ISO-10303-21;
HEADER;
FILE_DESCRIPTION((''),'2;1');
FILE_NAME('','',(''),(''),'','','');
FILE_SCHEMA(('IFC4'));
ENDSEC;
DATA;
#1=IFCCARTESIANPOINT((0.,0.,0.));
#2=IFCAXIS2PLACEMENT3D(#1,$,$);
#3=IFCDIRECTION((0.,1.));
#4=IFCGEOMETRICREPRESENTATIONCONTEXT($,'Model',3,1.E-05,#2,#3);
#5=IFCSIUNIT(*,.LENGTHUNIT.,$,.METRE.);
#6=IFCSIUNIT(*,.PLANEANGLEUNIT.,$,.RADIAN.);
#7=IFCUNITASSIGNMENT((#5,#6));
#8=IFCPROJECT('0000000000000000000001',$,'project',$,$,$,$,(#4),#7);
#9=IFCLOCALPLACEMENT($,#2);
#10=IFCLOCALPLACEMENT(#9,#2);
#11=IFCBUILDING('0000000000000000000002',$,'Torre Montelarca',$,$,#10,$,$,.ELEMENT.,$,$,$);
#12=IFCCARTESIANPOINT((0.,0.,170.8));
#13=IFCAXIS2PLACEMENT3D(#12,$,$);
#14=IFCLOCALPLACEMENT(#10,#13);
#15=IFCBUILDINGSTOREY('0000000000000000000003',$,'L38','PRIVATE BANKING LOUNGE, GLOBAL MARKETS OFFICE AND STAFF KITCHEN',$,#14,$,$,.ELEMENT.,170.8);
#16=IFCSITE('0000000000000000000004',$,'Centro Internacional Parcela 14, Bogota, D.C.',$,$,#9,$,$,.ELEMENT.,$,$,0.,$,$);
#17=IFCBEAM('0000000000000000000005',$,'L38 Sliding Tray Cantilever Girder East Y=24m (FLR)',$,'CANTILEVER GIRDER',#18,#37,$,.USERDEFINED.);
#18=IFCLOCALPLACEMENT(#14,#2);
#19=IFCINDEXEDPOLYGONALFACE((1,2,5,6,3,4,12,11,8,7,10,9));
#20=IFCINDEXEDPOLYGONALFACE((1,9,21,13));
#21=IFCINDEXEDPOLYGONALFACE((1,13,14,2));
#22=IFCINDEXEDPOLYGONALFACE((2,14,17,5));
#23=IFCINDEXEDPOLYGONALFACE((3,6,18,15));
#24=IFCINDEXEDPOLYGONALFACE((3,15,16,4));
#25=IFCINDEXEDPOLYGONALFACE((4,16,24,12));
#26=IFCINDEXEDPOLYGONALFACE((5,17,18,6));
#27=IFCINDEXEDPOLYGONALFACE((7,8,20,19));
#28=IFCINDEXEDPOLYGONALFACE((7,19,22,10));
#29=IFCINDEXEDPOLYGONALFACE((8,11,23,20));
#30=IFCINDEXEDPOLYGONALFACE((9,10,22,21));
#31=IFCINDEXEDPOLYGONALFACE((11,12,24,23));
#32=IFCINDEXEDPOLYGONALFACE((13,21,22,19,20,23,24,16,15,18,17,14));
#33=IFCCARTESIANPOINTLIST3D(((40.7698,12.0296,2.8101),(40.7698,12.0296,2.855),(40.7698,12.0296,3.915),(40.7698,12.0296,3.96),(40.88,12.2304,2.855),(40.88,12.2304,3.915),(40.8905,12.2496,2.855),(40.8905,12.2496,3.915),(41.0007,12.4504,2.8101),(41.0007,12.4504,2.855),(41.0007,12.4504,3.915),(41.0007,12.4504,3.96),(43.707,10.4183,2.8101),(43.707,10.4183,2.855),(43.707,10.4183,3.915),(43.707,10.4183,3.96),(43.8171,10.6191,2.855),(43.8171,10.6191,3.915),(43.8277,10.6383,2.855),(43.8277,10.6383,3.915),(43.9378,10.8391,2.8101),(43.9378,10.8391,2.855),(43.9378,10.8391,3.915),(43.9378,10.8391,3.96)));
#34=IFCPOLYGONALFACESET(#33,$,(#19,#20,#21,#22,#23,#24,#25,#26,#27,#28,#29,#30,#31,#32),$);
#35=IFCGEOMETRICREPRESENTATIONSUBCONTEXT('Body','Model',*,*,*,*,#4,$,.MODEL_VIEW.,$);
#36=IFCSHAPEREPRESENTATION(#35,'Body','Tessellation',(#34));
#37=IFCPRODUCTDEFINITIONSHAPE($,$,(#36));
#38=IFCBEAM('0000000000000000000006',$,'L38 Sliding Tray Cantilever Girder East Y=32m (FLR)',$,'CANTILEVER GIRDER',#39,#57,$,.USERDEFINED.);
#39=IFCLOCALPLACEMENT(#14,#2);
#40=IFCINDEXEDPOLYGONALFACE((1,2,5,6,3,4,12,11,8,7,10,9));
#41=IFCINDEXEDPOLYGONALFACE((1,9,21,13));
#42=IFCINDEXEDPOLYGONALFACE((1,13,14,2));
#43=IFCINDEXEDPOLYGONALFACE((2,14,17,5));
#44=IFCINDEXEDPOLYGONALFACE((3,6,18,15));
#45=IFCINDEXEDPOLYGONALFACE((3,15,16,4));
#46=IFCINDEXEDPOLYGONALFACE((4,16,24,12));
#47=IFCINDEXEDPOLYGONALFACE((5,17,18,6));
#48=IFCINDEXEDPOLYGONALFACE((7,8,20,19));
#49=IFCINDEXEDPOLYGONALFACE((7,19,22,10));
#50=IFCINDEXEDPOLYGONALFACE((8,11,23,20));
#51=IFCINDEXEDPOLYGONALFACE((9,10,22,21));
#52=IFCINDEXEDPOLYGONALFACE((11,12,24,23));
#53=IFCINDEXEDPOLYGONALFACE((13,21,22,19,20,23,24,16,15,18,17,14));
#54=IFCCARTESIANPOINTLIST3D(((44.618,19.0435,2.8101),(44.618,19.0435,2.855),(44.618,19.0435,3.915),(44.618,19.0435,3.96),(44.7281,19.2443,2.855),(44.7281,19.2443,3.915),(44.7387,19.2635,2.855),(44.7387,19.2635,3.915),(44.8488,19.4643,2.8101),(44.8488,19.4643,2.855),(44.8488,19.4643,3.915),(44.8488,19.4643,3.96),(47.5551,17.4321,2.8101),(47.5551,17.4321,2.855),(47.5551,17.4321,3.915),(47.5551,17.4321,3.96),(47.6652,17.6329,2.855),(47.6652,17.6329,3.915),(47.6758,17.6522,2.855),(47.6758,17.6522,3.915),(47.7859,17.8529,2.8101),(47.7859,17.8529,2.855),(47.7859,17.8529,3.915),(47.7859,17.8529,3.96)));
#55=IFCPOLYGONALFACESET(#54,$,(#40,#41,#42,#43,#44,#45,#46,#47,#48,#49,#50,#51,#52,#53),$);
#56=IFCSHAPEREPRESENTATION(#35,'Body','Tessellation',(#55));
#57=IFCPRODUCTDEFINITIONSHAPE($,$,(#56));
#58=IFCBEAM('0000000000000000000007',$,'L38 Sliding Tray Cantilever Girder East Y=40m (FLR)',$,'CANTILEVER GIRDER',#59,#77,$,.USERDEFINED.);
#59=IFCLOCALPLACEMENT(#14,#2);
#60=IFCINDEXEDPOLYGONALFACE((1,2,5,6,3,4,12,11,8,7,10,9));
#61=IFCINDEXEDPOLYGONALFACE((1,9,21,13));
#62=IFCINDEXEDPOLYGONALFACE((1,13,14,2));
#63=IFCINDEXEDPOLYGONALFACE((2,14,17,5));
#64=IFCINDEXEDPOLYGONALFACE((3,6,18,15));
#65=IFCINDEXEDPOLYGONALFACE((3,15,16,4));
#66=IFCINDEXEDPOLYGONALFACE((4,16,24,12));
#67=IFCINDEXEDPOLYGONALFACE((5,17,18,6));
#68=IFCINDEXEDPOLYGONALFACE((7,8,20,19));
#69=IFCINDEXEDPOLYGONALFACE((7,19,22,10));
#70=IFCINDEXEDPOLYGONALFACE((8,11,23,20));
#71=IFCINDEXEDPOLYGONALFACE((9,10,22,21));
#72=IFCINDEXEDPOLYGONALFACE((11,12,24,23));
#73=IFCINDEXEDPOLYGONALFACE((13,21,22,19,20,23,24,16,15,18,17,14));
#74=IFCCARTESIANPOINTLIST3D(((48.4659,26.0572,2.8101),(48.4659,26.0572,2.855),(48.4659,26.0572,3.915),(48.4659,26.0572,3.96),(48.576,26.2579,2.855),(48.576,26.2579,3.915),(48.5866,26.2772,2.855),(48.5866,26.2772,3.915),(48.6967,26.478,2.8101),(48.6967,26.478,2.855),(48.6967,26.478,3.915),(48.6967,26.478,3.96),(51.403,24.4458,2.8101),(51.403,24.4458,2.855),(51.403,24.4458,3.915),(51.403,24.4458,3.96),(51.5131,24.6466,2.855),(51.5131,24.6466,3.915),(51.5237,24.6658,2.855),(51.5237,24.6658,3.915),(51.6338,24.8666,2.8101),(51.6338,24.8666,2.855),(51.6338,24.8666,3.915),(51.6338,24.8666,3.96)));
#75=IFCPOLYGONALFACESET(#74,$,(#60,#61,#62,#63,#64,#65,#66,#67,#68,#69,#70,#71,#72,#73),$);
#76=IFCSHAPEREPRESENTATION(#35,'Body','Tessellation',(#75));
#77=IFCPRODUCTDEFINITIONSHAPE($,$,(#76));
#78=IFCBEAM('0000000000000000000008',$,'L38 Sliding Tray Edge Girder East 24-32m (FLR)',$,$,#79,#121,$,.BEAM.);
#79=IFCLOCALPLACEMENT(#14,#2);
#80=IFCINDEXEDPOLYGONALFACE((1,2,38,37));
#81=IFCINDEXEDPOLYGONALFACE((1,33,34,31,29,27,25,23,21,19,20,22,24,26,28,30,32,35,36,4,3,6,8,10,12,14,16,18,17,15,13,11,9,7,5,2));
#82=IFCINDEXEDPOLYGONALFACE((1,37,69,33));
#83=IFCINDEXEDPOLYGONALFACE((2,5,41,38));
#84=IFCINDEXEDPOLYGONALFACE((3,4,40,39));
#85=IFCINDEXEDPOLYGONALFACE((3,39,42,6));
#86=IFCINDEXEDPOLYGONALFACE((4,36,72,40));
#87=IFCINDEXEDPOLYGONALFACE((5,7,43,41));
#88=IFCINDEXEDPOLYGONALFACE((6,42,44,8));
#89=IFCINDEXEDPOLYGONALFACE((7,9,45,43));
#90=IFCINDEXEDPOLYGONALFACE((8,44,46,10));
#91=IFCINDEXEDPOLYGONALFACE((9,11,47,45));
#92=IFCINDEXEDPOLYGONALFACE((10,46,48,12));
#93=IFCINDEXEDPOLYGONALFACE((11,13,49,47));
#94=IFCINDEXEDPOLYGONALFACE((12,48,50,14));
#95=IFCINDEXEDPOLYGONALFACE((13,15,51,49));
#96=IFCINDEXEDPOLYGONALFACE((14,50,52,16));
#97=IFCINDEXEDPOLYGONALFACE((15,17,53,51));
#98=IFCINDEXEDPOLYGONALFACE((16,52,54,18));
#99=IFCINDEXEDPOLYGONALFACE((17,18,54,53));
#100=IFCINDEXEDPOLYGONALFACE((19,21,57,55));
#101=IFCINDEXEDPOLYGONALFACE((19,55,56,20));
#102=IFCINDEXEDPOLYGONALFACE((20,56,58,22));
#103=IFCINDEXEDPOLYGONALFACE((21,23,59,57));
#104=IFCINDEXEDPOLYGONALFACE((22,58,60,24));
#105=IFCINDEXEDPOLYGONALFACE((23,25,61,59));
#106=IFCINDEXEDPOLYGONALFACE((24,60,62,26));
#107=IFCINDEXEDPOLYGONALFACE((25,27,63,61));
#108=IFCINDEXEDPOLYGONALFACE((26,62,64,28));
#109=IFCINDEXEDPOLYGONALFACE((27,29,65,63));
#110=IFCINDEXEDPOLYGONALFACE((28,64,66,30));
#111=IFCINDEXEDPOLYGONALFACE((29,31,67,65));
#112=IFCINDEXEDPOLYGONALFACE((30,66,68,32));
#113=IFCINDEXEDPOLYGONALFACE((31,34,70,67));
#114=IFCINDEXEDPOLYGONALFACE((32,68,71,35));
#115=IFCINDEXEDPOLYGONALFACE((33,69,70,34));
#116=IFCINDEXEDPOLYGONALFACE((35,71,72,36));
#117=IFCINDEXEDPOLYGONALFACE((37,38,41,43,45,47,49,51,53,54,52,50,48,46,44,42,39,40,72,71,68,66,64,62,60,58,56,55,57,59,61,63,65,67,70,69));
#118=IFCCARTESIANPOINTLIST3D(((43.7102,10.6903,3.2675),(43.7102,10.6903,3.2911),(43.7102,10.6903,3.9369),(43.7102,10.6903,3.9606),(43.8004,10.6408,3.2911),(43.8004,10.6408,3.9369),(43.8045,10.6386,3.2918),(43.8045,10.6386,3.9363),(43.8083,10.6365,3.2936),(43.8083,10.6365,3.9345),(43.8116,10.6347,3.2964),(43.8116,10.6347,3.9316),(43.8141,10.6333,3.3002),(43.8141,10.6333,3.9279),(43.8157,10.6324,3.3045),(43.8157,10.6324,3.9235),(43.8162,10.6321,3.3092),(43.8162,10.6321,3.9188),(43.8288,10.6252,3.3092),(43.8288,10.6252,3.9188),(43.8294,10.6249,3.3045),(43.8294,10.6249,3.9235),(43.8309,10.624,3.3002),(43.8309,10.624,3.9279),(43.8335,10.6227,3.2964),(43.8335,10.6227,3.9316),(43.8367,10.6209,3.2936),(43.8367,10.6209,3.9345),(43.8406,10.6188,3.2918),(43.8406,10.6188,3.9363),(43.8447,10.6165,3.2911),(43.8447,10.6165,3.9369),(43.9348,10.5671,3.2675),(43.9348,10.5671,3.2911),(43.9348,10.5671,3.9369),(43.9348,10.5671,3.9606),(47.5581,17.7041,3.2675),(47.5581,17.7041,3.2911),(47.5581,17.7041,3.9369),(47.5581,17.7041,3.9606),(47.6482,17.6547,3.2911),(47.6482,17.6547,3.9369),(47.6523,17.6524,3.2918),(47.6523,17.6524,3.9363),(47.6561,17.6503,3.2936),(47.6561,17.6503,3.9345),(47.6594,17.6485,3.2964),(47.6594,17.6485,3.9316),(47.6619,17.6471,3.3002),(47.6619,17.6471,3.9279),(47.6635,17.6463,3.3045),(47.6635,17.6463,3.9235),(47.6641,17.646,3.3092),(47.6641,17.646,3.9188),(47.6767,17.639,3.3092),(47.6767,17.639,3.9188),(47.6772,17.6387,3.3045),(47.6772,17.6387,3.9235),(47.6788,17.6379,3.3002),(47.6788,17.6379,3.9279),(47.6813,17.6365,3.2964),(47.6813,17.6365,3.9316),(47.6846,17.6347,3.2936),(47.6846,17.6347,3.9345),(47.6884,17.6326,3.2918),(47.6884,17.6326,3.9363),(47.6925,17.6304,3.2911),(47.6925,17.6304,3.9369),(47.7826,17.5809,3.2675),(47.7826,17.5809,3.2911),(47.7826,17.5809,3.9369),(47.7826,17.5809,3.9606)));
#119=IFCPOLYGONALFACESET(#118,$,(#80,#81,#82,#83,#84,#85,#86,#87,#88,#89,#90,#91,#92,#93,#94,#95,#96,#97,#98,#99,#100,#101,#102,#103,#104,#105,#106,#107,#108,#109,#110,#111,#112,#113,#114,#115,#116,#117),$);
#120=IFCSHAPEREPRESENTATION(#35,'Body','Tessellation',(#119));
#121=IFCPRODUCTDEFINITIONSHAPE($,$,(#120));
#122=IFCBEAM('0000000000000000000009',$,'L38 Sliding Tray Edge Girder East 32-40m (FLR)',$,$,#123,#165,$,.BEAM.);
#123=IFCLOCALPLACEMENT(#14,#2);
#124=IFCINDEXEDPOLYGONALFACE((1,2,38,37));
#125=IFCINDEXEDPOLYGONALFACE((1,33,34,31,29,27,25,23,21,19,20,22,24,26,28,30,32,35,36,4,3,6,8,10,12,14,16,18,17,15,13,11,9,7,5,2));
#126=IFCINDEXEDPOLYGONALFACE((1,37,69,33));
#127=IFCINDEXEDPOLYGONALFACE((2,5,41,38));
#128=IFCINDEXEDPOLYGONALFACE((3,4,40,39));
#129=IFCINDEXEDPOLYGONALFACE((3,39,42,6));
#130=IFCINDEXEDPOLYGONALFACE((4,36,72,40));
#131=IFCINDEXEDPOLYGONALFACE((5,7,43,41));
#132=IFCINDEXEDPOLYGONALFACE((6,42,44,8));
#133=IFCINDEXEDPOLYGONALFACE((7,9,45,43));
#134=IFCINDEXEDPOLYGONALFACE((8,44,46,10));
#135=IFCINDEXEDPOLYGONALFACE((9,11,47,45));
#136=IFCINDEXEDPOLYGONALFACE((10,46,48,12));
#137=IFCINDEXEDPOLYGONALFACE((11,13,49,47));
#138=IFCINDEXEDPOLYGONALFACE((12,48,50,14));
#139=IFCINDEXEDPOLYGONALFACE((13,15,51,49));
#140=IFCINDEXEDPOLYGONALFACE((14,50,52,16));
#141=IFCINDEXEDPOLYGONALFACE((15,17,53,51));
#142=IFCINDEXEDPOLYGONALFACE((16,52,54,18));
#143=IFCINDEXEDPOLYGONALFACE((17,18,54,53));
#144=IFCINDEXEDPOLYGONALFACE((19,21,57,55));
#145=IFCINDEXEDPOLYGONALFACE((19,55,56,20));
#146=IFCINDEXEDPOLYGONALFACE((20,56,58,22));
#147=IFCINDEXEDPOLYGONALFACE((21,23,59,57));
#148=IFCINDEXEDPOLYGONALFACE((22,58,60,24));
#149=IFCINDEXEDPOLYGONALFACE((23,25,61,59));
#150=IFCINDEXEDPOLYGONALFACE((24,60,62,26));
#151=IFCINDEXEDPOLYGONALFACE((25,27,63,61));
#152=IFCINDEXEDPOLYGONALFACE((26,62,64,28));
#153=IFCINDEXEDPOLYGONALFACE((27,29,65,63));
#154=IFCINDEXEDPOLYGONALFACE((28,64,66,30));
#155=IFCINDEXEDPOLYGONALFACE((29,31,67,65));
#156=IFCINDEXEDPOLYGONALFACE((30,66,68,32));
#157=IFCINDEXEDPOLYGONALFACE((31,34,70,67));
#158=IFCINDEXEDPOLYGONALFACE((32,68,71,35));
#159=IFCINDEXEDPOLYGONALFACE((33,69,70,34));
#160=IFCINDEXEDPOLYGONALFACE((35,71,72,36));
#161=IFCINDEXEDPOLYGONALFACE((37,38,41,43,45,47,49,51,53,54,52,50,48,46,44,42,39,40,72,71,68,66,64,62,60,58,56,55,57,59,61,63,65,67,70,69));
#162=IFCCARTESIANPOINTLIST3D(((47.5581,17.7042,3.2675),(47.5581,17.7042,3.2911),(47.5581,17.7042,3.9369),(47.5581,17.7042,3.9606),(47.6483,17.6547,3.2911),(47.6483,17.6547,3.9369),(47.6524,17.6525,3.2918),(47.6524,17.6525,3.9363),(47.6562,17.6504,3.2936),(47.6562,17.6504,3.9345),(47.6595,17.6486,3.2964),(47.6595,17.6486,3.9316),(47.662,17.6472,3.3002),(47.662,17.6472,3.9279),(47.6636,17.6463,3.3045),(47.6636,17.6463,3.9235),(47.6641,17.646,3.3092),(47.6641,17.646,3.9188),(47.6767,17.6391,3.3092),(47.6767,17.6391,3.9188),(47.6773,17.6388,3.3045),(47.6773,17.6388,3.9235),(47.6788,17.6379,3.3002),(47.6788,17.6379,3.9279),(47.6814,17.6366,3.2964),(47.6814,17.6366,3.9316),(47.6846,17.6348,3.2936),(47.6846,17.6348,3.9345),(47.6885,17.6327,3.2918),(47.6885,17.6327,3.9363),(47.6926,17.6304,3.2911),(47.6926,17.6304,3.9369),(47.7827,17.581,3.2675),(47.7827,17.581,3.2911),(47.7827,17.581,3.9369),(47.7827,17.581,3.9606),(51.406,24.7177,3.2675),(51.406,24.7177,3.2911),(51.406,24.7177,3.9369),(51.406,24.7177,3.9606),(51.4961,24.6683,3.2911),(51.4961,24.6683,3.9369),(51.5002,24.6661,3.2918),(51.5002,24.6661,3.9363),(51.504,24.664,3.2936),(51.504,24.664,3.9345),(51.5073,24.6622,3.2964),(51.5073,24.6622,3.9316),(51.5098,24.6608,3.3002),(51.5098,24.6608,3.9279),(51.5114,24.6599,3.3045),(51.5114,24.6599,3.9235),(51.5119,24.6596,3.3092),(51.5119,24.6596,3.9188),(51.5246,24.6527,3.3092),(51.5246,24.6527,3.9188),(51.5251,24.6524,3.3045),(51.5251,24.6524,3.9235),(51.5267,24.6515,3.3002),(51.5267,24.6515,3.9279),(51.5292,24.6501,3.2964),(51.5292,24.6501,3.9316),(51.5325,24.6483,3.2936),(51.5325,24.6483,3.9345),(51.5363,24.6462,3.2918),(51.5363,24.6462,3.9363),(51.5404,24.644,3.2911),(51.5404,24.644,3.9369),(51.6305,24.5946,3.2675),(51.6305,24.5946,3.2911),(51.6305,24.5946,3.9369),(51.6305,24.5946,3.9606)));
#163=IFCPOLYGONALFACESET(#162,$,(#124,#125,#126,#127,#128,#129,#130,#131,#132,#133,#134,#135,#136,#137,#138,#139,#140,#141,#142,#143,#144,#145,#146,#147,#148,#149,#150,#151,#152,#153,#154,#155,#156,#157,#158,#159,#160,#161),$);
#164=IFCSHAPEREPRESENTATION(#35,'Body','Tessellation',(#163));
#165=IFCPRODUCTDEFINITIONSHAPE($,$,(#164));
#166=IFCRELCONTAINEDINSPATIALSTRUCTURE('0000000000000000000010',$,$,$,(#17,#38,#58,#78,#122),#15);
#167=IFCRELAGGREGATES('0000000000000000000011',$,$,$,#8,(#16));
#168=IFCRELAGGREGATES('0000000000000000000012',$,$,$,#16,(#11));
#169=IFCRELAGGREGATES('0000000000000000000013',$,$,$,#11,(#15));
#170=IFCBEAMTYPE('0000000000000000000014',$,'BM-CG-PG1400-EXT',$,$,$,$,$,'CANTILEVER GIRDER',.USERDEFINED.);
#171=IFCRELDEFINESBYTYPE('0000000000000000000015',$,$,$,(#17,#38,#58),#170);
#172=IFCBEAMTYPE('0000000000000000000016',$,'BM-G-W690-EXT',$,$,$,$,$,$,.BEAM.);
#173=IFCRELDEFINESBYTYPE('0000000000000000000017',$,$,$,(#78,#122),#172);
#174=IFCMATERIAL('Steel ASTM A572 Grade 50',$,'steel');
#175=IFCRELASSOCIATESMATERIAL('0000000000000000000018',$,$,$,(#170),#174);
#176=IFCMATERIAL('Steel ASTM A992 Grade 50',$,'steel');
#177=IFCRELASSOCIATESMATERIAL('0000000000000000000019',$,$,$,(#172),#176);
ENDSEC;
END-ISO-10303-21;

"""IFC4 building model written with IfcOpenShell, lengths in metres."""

from ifc_helpers import new_model, si_unit, direction, frame, origin, origin_2d, place, context, subcontext, project, spatial, i_section, extrude, source, transform, mapped, material, material_profile, profile_set, type_object, element, save


model = new_model("IFC4")

# Units and contexts
model_context = context("Model", 3, precision=1e-05, world=origin(), true_north=direction((0.0, 1.0)))
body_context = subcontext(model_context, "Body", "Model", "MODEL_VIEW")
ifc_project = project(units=[si_unit("LENGTHUNIT", "METRE"), si_unit("PLANEANGLEUNIT", "RADIAN")], contexts=[model_context])

# Site, building, storey
site_placement = place(None, origin())
site = spatial("IfcSite", under=ifc_project, at=site_placement, Name="Centro Internacional Parcela 14, Bogota, D.C.", CompositionType="ELEMENT", RefElevation=0.0)
building_placement = place(site_placement, origin())
building = spatial("IfcBuilding", under=site, at=building_placement, Name="Torre Montelarca", CompositionType="ELEMENT")
storey_placement = place(building_placement, frame((0.0, 0.0, 170.8)))
storey = spatial("IfcBuildingStorey", under=building, at=storey_placement, Name="L38", Description="PRIVATE BANKING LOUNGE, GLOBAL MARKETS OFFICE AND STAFF KITCHEN", CompositionType="ELEMENT", Elevation=170.8)

# Beams
ifc_material_1 = material(Name="Steel ASTM A572 Grade 50", Category="steel")
ifc_material_profile_1 = material_profile(ifc_material_1, i_section(OverallWidth=0.48, OverallDepth=1.1499, WebThickness=0.022, FlangeThickness=0.0449, at=origin_2d()), Name="PG1150X480X22X45", Category="steel")
ifc_profile_set_1 = profile_set([ifc_material_profile_1], Name="Steel ASTM A572 Grade 50")
beam_type_1 = type_object("IfcBeamType", Name="BM-CG-PG1400-EXT", ElementType="CANTILEVER GIRDER", PredefinedType="USERDEFINED", material=ifc_profile_set_1)
shared_shape_1 = source(origin(), body_context, "Body", "SweptSolid", [
    extrude(i_section(OverallWidth=0.48, OverallDepth=1.1499, WebThickness=0.022, FlangeThickness=0.0449, at=origin_2d()), origin(), (0.0, 0.0, 1.0), 3.3501),
])
for number, where, z_axis, x_axis, name in (
    (1, (40.8853, 12.24, 3.385), (0.87674, -0.480965, 0.0), (0.480965, 0.87674, 0.0), "L38 Sliding Tray Cantilever Girder East Y=24m (FLR)"),
    (2, (44.7334, 19.2539, 3.385), (0.876723, -0.480995, 0.0), (0.480995, 0.876723, 0.0), "L38 Sliding Tray Cantilever Girder East Y=32m (FLR)"),
    (3, (48.5813, 26.2676, 3.385), (0.876723, -0.480995, 0.0), (0.480995, 0.876723, 0.0), "L38 Sliding Tray Cantilever Girder East Y=40m (FLR)"),
):
    element("IfcBeam", number, at=place(storey_placement, frame(where, z_axis=z_axis, x_axis=x_axis)), inside=storey, type_object=beam_type_1, Name=name, ObjectType="CANTILEVER GIRDER", PredefinedType="USERDEFINED", context=body_context, shape_type="MappedRepresentation", body=[
        mapped(shared_shape_1, transform((0.0, 0.0, 0.0), scale=1.0)),
    ])
ifc_material_2 = material(Name="Steel ASTM A992 Grade 50", Category="steel")
ifc_material_profile_2 = material_profile(ifc_material_2, i_section(OverallWidth=0.2561, OverallDepth=0.6931, WebThickness=0.0144, FlangeThickness=0.0237, FilletRadius=0.0181, at=origin_2d()), Name="W690X170", Category="steel")
ifc_profile_set_2 = profile_set([ifc_material_profile_2], Name="Steel ASTM A992 Grade 50")
beam_type_2 = type_object("IfcBeamType", Name="BM-G-W690-EXT", PredefinedType="BEAM", material=ifc_profile_set_2)
shared_shape_2 = source(origin(), body_context, "Body", "SweptSolid", [
    extrude(i_section(OverallWidth=0.2561, OverallDepth=0.6931, WebThickness=0.0144, FlangeThickness=0.0237, FilletRadius=0.0181, at=origin_2d()), origin(), (0.0, 0.0, 1.0), 8.0),
])
beam_1_placement = place(storey_placement, frame((43.8225, 10.6287, 3.614), z_axis=(0.480982, 0.87673, 0.0), x_axis=(-0.87673, 0.480982, 0.0)))
element("IfcBeam", 4, at=beam_1_placement, inside=storey, type_object=beam_type_2, Name="L38 Sliding Tray Edge Girder East 24-32m (FLR)", PredefinedType="BEAM", context=body_context, shape_type="MappedRepresentation", body=[
    mapped(shared_shape_2, transform((0.0, 0.0, 0.0), scale=1.0)),
])
shared_shape_3 = source(origin(), body_context, "Body", "SweptSolid", [
    extrude(i_section(OverallWidth=0.2561, OverallDepth=0.6931, WebThickness=0.0144, FlangeThickness=0.0237, FilletRadius=0.0181, at=origin_2d()), origin(), (0.0, 0.0, 1.0), 7.9998),
])
beam_2_placement = place(storey_placement, frame((47.6704, 17.6426, 3.614), z_axis=(0.480995, 0.876723, 0.0), x_axis=(-0.876723, 0.480995, 0.0)))
element("IfcBeam", 5, at=beam_2_placement, inside=storey, type_object=beam_type_2, Name="L38 Sliding Tray Edge Girder East 32-40m (FLR)", PredefinedType="BEAM", context=body_context, shape_type="MappedRepresentation", body=[
    mapped(shared_shape_3, transform((0.0, 0.0, 0.0), scale=1.0)),
])

save(model, "model.ifc")
